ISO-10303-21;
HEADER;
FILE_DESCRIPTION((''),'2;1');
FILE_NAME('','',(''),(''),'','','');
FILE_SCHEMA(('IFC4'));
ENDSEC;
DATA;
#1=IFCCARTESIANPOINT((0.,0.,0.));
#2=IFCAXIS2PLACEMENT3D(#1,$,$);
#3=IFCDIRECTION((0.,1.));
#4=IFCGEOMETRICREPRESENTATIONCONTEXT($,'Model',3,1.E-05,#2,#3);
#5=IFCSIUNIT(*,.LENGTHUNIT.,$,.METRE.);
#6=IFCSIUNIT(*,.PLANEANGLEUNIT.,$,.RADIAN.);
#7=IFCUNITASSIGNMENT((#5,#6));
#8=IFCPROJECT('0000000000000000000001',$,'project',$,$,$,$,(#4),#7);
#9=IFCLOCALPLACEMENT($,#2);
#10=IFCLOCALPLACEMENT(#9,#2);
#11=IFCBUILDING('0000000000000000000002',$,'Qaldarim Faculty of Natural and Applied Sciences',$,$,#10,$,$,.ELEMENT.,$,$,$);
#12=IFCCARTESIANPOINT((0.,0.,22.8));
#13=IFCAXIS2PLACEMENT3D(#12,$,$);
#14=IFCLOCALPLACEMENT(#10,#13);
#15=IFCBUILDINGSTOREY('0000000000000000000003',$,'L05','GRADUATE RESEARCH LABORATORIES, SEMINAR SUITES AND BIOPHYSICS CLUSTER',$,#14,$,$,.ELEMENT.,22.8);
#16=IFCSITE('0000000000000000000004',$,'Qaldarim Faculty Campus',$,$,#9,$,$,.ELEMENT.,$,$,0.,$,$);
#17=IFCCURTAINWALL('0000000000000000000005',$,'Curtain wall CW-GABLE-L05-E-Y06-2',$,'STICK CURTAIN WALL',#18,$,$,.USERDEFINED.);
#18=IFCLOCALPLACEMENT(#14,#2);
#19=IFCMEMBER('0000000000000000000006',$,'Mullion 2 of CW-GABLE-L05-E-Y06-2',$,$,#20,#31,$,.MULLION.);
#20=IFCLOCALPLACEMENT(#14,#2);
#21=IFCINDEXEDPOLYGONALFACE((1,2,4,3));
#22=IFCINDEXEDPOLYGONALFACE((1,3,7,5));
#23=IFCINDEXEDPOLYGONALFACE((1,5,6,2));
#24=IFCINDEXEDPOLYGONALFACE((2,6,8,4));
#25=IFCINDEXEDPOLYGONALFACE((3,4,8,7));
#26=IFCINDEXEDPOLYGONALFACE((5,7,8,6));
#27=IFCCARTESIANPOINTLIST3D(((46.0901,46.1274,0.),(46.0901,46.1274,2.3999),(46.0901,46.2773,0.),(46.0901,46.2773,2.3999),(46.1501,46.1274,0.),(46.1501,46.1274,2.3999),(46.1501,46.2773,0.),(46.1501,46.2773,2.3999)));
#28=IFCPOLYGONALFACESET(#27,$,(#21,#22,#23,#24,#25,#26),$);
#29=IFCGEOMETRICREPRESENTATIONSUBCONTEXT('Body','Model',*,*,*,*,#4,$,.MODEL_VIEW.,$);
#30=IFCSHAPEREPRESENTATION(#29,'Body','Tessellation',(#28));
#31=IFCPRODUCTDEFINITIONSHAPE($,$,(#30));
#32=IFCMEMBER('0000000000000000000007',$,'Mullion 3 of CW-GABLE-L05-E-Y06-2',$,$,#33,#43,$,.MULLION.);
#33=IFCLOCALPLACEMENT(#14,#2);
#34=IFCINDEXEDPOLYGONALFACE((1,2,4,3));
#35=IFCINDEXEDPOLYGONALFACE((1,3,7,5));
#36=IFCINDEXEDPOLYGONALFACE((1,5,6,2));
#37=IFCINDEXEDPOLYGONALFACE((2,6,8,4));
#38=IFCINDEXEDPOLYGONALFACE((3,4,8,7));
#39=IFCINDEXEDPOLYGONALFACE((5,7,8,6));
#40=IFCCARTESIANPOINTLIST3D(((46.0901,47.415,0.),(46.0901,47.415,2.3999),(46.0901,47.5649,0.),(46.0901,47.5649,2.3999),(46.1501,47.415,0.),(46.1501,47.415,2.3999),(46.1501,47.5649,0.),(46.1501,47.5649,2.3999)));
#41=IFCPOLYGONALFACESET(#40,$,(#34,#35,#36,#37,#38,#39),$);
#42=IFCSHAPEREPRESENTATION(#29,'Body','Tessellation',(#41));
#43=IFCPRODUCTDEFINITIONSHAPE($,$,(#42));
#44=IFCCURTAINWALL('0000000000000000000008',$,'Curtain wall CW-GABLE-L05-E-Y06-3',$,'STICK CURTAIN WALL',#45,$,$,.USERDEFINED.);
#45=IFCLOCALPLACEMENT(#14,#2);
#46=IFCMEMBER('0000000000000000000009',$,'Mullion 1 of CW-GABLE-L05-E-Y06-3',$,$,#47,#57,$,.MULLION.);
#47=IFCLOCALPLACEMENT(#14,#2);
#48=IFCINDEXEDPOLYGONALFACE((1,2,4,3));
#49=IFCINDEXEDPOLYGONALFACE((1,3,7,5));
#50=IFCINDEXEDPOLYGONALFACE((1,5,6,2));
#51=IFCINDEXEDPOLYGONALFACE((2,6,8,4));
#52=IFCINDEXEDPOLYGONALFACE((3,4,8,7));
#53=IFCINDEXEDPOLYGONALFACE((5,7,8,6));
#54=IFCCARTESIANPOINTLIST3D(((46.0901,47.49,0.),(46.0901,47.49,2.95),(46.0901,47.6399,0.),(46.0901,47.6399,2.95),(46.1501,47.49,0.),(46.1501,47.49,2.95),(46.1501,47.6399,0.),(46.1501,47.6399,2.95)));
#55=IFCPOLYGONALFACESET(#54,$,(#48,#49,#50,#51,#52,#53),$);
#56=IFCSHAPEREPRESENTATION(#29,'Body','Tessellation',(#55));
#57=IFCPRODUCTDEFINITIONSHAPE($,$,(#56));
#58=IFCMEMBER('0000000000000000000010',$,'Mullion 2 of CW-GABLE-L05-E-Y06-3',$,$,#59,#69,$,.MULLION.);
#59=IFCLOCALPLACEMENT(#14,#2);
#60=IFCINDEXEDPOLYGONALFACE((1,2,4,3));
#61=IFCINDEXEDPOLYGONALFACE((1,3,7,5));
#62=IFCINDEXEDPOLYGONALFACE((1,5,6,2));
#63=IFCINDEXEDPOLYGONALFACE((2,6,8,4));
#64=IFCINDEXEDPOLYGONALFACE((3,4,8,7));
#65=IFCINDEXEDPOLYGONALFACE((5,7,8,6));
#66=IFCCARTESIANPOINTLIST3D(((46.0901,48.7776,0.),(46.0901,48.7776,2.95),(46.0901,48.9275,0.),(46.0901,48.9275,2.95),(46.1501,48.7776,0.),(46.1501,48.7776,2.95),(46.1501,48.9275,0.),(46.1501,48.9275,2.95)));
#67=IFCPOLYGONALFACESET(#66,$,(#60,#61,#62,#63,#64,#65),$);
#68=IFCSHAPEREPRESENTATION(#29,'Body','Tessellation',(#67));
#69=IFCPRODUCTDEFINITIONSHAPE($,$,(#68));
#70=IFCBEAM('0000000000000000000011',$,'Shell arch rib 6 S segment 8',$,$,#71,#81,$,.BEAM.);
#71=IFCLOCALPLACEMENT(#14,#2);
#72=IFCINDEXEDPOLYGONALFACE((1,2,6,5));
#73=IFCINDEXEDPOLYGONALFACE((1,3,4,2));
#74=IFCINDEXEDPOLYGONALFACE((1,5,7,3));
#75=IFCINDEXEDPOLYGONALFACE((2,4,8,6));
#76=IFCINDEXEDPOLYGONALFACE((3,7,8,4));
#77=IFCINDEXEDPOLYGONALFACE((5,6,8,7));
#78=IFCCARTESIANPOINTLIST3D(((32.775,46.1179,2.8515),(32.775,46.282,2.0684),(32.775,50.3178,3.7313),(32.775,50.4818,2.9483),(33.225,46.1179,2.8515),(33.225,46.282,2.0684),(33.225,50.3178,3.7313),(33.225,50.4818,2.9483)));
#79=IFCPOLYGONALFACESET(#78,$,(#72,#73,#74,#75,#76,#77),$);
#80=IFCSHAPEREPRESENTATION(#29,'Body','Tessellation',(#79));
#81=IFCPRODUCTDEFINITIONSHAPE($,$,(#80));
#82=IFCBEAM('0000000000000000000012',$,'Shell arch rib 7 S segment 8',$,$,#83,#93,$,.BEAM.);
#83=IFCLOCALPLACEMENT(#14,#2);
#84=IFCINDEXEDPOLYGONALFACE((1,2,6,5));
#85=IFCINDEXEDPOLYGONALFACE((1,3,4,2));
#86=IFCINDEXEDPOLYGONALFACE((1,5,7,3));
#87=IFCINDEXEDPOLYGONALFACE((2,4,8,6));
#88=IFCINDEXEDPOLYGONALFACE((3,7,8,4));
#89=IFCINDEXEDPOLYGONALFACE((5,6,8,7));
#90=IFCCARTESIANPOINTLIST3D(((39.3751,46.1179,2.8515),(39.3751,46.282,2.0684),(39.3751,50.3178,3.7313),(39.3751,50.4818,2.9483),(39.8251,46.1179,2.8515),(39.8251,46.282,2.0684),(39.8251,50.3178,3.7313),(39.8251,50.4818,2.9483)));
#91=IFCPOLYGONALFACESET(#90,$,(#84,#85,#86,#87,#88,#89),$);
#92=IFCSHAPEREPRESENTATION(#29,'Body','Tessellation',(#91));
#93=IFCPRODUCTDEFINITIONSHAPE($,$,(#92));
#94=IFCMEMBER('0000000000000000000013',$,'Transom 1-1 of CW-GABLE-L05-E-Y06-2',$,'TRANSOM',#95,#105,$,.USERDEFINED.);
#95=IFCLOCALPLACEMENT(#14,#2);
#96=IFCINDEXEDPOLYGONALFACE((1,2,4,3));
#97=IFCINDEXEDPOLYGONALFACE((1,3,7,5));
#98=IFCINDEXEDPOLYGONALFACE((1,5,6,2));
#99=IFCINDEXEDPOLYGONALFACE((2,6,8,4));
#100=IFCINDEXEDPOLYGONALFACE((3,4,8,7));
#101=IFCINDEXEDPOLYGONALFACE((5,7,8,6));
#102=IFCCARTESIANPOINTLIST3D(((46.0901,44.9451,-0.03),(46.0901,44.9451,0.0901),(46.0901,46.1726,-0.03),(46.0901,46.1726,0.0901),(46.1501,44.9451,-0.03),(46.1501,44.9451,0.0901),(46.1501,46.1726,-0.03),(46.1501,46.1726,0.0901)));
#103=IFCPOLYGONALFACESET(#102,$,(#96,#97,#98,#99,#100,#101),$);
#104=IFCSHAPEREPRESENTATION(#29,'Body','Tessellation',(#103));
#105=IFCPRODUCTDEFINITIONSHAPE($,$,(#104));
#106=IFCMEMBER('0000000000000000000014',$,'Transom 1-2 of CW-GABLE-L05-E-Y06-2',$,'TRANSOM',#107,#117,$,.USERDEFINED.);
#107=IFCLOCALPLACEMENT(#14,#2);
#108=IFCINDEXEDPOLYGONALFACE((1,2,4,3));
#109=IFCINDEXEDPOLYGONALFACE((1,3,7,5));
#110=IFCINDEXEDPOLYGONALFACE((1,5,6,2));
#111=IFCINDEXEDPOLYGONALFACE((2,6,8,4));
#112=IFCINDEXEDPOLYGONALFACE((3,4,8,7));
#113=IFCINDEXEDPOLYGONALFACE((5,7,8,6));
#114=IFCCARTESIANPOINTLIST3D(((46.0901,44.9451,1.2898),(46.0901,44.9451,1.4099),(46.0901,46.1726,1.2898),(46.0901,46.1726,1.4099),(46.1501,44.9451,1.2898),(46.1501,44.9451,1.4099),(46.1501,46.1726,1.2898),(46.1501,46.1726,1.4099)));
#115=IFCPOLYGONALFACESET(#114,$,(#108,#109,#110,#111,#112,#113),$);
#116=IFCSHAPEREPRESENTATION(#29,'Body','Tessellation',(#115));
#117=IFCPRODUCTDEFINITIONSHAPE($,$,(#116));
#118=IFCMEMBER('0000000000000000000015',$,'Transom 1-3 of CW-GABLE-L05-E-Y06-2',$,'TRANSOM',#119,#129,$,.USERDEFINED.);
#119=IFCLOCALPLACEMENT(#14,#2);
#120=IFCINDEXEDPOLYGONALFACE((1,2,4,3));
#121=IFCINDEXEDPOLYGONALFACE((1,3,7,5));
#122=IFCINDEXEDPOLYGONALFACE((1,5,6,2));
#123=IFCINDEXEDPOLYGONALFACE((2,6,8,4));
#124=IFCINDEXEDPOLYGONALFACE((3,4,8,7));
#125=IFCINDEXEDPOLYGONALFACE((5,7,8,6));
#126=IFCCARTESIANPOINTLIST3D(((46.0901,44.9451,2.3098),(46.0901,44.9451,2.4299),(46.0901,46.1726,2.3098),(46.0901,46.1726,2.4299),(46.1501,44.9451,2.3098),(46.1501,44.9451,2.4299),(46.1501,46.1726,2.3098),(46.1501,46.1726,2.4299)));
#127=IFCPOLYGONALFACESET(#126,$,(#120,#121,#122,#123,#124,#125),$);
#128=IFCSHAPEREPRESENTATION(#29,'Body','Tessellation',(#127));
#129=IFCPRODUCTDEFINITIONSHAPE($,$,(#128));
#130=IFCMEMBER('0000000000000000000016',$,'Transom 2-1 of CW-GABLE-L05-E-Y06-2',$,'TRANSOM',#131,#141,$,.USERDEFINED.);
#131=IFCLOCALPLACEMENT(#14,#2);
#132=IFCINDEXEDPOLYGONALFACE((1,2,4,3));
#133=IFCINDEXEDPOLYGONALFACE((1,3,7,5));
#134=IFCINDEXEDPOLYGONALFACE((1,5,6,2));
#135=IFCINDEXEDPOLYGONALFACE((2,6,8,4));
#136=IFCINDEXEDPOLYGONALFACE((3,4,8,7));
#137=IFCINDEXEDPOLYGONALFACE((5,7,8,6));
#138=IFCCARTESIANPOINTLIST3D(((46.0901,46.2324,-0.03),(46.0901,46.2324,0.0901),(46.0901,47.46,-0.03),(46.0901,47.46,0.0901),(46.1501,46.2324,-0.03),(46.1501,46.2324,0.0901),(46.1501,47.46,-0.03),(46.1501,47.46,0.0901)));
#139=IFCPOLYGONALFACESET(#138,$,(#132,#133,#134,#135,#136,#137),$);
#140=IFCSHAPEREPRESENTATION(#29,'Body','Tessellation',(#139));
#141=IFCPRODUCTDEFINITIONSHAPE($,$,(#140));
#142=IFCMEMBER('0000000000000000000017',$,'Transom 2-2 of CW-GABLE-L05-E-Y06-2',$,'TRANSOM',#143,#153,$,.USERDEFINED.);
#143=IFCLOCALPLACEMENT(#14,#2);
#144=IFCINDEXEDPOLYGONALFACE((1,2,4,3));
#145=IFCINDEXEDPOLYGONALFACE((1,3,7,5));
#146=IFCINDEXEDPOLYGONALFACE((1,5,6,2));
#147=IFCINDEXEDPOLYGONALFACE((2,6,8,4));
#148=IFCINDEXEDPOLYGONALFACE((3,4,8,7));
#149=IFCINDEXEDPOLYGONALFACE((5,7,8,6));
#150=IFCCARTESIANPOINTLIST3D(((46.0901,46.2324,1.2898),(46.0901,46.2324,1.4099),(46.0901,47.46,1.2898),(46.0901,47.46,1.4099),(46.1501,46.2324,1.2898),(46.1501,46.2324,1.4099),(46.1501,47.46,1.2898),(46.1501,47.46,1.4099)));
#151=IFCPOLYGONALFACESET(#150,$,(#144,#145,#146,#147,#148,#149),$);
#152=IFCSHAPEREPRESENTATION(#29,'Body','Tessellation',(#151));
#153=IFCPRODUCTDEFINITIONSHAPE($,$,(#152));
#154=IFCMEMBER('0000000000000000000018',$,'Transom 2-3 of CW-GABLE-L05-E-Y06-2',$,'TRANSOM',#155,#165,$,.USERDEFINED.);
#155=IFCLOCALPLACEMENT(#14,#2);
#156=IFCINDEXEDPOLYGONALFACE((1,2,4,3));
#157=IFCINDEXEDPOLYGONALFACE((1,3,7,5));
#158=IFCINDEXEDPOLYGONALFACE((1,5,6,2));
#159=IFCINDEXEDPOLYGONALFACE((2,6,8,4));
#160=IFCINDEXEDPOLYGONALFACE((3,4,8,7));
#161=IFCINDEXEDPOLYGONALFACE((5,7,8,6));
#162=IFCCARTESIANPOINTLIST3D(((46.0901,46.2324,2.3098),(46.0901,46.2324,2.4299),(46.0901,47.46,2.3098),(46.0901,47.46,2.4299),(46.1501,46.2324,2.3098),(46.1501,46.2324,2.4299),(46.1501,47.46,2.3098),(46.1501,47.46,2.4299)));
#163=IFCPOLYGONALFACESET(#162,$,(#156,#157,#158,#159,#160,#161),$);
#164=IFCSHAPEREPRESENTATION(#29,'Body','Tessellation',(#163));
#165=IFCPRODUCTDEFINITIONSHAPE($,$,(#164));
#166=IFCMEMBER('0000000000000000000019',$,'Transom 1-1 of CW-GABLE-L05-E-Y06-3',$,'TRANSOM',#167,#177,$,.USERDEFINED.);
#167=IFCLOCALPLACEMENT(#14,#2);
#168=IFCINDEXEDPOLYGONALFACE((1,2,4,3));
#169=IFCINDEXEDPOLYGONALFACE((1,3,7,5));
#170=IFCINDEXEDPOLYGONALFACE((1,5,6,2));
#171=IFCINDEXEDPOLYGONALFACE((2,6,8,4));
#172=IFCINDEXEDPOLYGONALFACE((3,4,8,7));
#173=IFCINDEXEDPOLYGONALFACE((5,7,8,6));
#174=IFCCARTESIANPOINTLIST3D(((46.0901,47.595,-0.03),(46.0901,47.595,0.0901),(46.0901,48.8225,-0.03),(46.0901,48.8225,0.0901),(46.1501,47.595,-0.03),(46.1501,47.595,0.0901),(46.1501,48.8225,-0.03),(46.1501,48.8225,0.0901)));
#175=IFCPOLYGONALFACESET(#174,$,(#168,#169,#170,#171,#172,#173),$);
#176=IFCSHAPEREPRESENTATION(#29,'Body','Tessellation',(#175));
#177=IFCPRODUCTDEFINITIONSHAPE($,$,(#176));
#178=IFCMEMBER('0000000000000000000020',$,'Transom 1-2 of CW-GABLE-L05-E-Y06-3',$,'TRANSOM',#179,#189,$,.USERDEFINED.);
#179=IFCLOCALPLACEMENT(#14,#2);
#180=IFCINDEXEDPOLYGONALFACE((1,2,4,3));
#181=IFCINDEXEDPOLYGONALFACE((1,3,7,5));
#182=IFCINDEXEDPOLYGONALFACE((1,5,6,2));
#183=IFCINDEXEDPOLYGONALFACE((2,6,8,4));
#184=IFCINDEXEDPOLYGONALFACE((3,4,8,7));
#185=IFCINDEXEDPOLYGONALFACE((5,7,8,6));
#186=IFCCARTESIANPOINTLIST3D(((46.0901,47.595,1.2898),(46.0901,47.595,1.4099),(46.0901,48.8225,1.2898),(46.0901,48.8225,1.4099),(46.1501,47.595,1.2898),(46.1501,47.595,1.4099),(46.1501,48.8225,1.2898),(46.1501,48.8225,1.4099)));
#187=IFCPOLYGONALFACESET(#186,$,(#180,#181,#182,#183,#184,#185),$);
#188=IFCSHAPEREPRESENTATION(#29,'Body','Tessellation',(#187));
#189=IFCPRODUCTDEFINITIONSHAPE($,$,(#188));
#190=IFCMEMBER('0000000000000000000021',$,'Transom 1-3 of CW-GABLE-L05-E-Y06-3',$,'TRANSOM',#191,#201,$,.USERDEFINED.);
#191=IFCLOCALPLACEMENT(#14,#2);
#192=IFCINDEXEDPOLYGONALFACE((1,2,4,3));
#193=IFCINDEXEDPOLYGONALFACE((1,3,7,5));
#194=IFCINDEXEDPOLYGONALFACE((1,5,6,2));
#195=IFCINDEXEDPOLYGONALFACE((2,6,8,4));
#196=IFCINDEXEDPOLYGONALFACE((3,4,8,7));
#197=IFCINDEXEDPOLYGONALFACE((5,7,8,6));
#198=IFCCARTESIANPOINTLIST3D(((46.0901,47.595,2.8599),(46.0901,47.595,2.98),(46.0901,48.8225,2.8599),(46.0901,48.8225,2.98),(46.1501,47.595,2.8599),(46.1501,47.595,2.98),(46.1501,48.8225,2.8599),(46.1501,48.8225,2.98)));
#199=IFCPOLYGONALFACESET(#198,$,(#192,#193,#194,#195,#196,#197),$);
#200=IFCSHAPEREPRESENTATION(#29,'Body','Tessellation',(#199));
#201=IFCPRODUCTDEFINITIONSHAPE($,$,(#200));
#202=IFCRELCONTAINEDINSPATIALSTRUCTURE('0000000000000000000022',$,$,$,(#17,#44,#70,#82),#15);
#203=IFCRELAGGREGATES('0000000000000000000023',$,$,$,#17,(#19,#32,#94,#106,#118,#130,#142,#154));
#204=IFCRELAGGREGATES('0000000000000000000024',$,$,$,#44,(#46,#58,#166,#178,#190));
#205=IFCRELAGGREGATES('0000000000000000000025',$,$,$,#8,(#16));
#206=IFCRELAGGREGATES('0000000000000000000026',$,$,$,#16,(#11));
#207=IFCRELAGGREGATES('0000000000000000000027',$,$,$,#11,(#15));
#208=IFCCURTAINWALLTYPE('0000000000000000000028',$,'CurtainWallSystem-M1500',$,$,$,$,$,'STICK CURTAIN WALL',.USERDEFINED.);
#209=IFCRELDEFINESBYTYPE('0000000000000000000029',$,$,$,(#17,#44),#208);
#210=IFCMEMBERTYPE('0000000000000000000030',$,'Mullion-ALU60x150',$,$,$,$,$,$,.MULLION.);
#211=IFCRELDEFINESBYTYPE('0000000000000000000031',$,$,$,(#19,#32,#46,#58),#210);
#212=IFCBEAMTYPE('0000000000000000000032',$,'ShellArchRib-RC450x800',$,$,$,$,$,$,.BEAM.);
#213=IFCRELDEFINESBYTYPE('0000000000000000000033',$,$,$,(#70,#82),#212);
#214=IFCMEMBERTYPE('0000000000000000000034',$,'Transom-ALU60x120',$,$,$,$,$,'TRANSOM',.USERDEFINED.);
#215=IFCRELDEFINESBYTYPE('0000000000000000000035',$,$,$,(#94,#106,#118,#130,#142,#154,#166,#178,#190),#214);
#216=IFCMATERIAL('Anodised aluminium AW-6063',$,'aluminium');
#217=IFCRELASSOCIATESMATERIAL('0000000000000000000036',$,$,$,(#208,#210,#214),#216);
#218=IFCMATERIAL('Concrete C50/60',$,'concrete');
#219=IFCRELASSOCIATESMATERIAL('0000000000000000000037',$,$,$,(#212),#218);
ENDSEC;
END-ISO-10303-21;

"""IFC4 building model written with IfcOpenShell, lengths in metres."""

from ifc_helpers import new_model, si_unit, direction, frame, origin, origin_2d, place, context, subcontext, project, spatial, rectangle, extrude, material, material_profile, profile_set, type_object, element, aggregate, save


model = new_model("IFC4")

# Units and contexts
model_context = context("Model", 3, precision=1e-05, world=origin(), true_north=direction((0.0, 1.0)))
body_context = subcontext(model_context, "Body", "Model", "MODEL_VIEW")
ifc_project = project(units=[si_unit("LENGTHUNIT", "METRE"), si_unit("PLANEANGLEUNIT", "RADIAN")], contexts=[model_context])

# Site, building, storey
site_placement = place(None, origin())
site = spatial("IfcSite", under=ifc_project, at=site_placement, Name="Qaldarim Faculty Campus", CompositionType="ELEMENT", RefElevation=0.0)
building_placement = place(site_placement, origin())
building = spatial("IfcBuilding", under=site, at=building_placement, Name="Qaldarim Faculty of Natural and Applied Sciences", CompositionType="ELEMENT")
storey_placement = place(building_placement, frame((0.0, 0.0, 22.8)))
storey = spatial("IfcBuildingStorey", under=building, at=storey_placement, Name="L05", Description="GRADUATE RESEARCH LABORATORIES, SEMINAR SUITES AND BIOPHYSICS CLUSTER", CompositionType="ELEMENT", Elevation=22.8)

# Curtain walls, members
ifc_material_1 = material(Name="Anodised aluminium AW-6063", Category="aluminium")
curtain_wall_type = type_object("IfcCurtainWallType", Name="CurtainWallSystem-M1500", ElementType="STICK CURTAIN WALL", PredefinedType="USERDEFINED", material=ifc_material_1)
curtain_wall_1_placement = place(storey_placement, origin())
curtain_wall_1 = element("IfcCurtainWall", 1, at=curtain_wall_1_placement, inside=storey, type_object=curtain_wall_type, Name="Curtain wall CW-GABLE-L05-E-Y06-2", ObjectType="STICK CURTAIN WALL", PredefinedType="USERDEFINED")
ifc_material_profile_1 = material_profile(ifc_material_1, rectangle(XDim=0.0601, YDim=0.1499, at=origin_2d()), Name="ALU-M60x150")
ifc_profile_set_1 = profile_set([ifc_material_profile_1], Name="Anodised aluminium AW-6063")
member_type_1 = type_object("IfcMemberType", Name="Mullion-ALU60x150", PredefinedType="MULLION", material=ifc_profile_set_1)
member_1_placement = place(storey_placement, frame((46.1201, 46.2024, 0.0), z_axis=(0.0, 0.0, 1.0), x_axis=(-1.0, 0.0, 0.0)))
member_1 = element("IfcMember", 2, at=member_1_placement, type_object=member_type_1, Name="Mullion 2 of CW-GABLE-L05-E-Y06-2", PredefinedType="MULLION", context=body_context, shape_type="SweptSolid", body=[
    extrude(rectangle(XDim=0.0601, YDim=0.1499, at=origin_2d()), origin(), (0.0, 0.0, 1.0), 2.3999),
])
member_2_placement = place(storey_placement, frame((46.1201, 47.49, 0.0), z_axis=(0.0, 0.0, 1.0), x_axis=(-1.0, 0.0, 0.0)))
member_2 = element("IfcMember", 3, at=member_2_placement, type_object=member_type_1, Name="Mullion 3 of CW-GABLE-L05-E-Y06-2", PredefinedType="MULLION", context=body_context, shape_type="SweptSolid", body=[
    extrude(rectangle(XDim=0.0601, YDim=0.1499, at=origin_2d()), origin(), (0.0, 0.0, 1.0), 2.3999),
])
curtain_wall_2_placement = place(storey_placement, origin())
curtain_wall_2 = element("IfcCurtainWall", 4, at=curtain_wall_2_placement, inside=storey, type_object=curtain_wall_type, Name="Curtain wall CW-GABLE-L05-E-Y06-3", ObjectType="STICK CURTAIN WALL", PredefinedType="USERDEFINED")
member_3_placement = place(storey_placement, frame((46.1201, 47.5649, 0.0), z_axis=(0.0, 0.0, 1.0), x_axis=(-1.0, 0.0, 0.0)))
member_3 = element("IfcMember", 5, at=member_3_placement, type_object=member_type_1, Name="Mullion 1 of CW-GABLE-L05-E-Y06-3", PredefinedType="MULLION", context=body_context, shape_type="SweptSolid", body=[
    extrude(rectangle(XDim=0.0601, YDim=0.1499, at=origin_2d()), origin(), (0.0, 0.0, 1.0), 2.95),
])
member_4_placement = place(storey_placement, frame((46.1201, 48.8525, 0.0), z_axis=(0.0, 0.0, 1.0), x_axis=(-1.0, 0.0, 0.0)))
member_4 = element("IfcMember", 6, at=member_4_placement, type_object=member_type_1, Name="Mullion 2 of CW-GABLE-L05-E-Y06-3", PredefinedType="MULLION", context=body_context, shape_type="SweptSolid", body=[
    extrude(rectangle(XDim=0.0601, YDim=0.1499, at=origin_2d()), origin(), (0.0, 0.0, 1.0), 2.95),
])

# Beams
ifc_material_2 = material(Name="Concrete C50/60", Category="concrete")
ifc_material_profile_2 = material_profile(ifc_material_2, rectangle(XDim=0.45, YDim=0.8, at=origin_2d()), Name="RC-RIB450x800")
ifc_profile_set_2 = profile_set([ifc_material_profile_2], Name="Concrete C50/60")
beam_type = type_object("IfcBeamType", Name="ShellArchRib-RC450x800", PredefinedType="BEAM", material=ifc_profile_set_2)
for number, where, z_axis, x_axis, name in (
    (7, (33.0, 46.2, 2.46), (0.0, 0.978752, 0.205047), (-1.0, 0.0, 0.0), "Shell arch rib 6 S segment 8"),
    (8, (39.6001, 46.2, 2.46), (0.0, 0.978752, 0.205047), (-1.0, 0.0, 0.0), "Shell arch rib 7 S segment 8"),
):
    element("IfcBeam", number, at=place(storey_placement, frame(where, z_axis=z_axis, x_axis=x_axis)), inside=storey, type_object=beam_type, Name=name, PredefinedType="BEAM", context=body_context, shape_type="SweptSolid", body=[
        extrude(rectangle(XDim=0.45, YDim=0.8, at=origin_2d()), origin(), (0.0, 0.0, 1.0), 4.291),
    ])

# Members
ifc_material_profile_3 = material_profile(ifc_material_1, rectangle(XDim=0.0601, YDim=0.1201, at=origin_2d()), Name="ALU-T60x120")
ifc_profile_set_3 = profile_set([ifc_material_profile_3], Name="Anodised aluminium AW-6063")
member_type_2 = type_object("IfcMemberType", Name="Transom-ALU60x120", ElementType="TRANSOM", PredefinedType="USERDEFINED", material=ifc_profile_set_3)
member_5_placement = place(storey_placement, frame((46.1201, 44.9451, 0.03), z_axis=(0.0, 1.0, 0.0), x_axis=(-1.0, 0.0, 0.0)))
member_5 = element("IfcMember", 9, at=member_5_placement, type_object=member_type_2, Name="Transom 1-1 of CW-GABLE-L05-E-Y06-2", ObjectType="TRANSOM", PredefinedType="USERDEFINED", context=body_context, shape_type="SweptSolid", body=[
    extrude(rectangle(XDim=0.0601, YDim=0.1201, at=origin_2d()), origin(), (0.0, 0.0, 1.0), 1.2275),
])
member_6_placement = place(storey_placement, frame((46.1201, 44.9451, 1.3499), z_axis=(0.0, 1.0, 0.0), x_axis=(-1.0, 0.0, 0.0)))
member_6 = element("IfcMember", 10, at=member_6_placement, type_object=member_type_2, Name="Transom 1-2 of CW-GABLE-L05-E-Y06-2", ObjectType="TRANSOM", PredefinedType="USERDEFINED", context=body_context, shape_type="SweptSolid", body=[
    extrude(rectangle(XDim=0.0601, YDim=0.1201, at=origin_2d()), origin(), (0.0, 0.0, 1.0), 1.2275),
])
member_7_placement = place(storey_placement, frame((46.1201, 44.9451, 2.3699), z_axis=(0.0, 1.0, 0.0), x_axis=(-1.0, 0.0, 0.0)))
member_7 = element("IfcMember", 11, at=member_7_placement, type_object=member_type_2, Name="Transom 1-3 of CW-GABLE-L05-E-Y06-2", ObjectType="TRANSOM", PredefinedType="USERDEFINED", context=body_context, shape_type="SweptSolid", body=[
    extrude(rectangle(XDim=0.0601, YDim=0.1201, at=origin_2d()), origin(), (0.0, 0.0, 1.0), 1.2275),
])
member_8_placement = place(storey_placement, frame((46.1201, 46.2324, 0.03), z_axis=(0.0, 1.0, 0.0), x_axis=(-1.0, 0.0, 0.0)))
member_8 = element("IfcMember", 12, at=member_8_placement, type_object=member_type_2, Name="Transom 2-1 of CW-GABLE-L05-E-Y06-2", ObjectType="TRANSOM", PredefinedType="USERDEFINED", context=body_context, shape_type="SweptSolid", body=[
    extrude(rectangle(XDim=0.0601, YDim=0.1201, at=origin_2d()), origin(), (0.0, 0.0, 1.0), 1.2275),
])
member_9_placement = place(storey_placement, frame((46.1201, 46.2324, 1.3499), z_axis=(0.0, 1.0, 0.0), x_axis=(-1.0, 0.0, 0.0)))
member_9 = element("IfcMember", 13, at=member_9_placement, type_object=member_type_2, Name="Transom 2-2 of CW-GABLE-L05-E-Y06-2", ObjectType="TRANSOM", PredefinedType="USERDEFINED", context=body_context, shape_type="SweptSolid", body=[
    extrude(rectangle(XDim=0.0601, YDim=0.1201, at=origin_2d()), origin(), (0.0, 0.0, 1.0), 1.2275),
])
member_10_placement = place(storey_placement, frame((46.1201, 46.2324, 2.3699), z_axis=(0.0, 1.0, 0.0), x_axis=(-1.0, 0.0, 0.0)))
member_10 = element("IfcMember", 14, at=member_10_placement, type_object=member_type_2, Name="Transom 2-3 of CW-GABLE-L05-E-Y06-2", ObjectType="TRANSOM", PredefinedType="USERDEFINED", context=body_context, shape_type="SweptSolid", body=[
    extrude(rectangle(XDim=0.0601, YDim=0.1201, at=origin_2d()), origin(), (0.0, 0.0, 1.0), 1.2275),
])
member_11_placement = place(storey_placement, frame((46.1201, 47.595, 0.03), z_axis=(0.0, 1.0, 0.0), x_axis=(-1.0, 0.0, 0.0)))
member_11 = element("IfcMember", 15, at=member_11_placement, type_object=member_type_2, Name="Transom 1-1 of CW-GABLE-L05-E-Y06-3", ObjectType="TRANSOM", PredefinedType="USERDEFINED", context=body_context, shape_type="SweptSolid", body=[
    extrude(rectangle(XDim=0.0601, YDim=0.1201, at=origin_2d()), origin(), (0.0, 0.0, 1.0), 1.2275),
])
member_12_placement = place(storey_placement, frame((46.1201, 47.595, 1.3499), z_axis=(0.0, 1.0, 0.0), x_axis=(-1.0, 0.0, 0.0)))
member_12 = element("IfcMember", 16, at=member_12_placement, type_object=member_type_2, Name="Transom 1-2 of CW-GABLE-L05-E-Y06-3", ObjectType="TRANSOM", PredefinedType="USERDEFINED", context=body_context, shape_type="SweptSolid", body=[
    extrude(rectangle(XDim=0.0601, YDim=0.1201, at=origin_2d()), origin(), (0.0, 0.0, 1.0), 1.2275),
])
member_13_placement = place(storey_placement, frame((46.1201, 47.595, 2.9199), z_axis=(0.0, 1.0, 0.0), x_axis=(-1.0, 0.0, 0.0)))
member_13 = element("IfcMember", 17, at=member_13_placement, type_object=member_type_2, Name="Transom 1-3 of CW-GABLE-L05-E-Y06-3", ObjectType="TRANSOM", PredefinedType="USERDEFINED", context=body_context, shape_type="SweptSolid", body=[
    extrude(rectangle(XDim=0.0601, YDim=0.1201, at=origin_2d()), origin(), (0.0, 0.0, 1.0), 1.2275),
])

aggregate(curtain_wall_1, [member_1, member_2, member_5, member_6, member_7, member_8, member_9, member_10])
aggregate(curtain_wall_2, [member_3, member_4, member_11, member_12, member_13])

save(model, "model.ifc")
